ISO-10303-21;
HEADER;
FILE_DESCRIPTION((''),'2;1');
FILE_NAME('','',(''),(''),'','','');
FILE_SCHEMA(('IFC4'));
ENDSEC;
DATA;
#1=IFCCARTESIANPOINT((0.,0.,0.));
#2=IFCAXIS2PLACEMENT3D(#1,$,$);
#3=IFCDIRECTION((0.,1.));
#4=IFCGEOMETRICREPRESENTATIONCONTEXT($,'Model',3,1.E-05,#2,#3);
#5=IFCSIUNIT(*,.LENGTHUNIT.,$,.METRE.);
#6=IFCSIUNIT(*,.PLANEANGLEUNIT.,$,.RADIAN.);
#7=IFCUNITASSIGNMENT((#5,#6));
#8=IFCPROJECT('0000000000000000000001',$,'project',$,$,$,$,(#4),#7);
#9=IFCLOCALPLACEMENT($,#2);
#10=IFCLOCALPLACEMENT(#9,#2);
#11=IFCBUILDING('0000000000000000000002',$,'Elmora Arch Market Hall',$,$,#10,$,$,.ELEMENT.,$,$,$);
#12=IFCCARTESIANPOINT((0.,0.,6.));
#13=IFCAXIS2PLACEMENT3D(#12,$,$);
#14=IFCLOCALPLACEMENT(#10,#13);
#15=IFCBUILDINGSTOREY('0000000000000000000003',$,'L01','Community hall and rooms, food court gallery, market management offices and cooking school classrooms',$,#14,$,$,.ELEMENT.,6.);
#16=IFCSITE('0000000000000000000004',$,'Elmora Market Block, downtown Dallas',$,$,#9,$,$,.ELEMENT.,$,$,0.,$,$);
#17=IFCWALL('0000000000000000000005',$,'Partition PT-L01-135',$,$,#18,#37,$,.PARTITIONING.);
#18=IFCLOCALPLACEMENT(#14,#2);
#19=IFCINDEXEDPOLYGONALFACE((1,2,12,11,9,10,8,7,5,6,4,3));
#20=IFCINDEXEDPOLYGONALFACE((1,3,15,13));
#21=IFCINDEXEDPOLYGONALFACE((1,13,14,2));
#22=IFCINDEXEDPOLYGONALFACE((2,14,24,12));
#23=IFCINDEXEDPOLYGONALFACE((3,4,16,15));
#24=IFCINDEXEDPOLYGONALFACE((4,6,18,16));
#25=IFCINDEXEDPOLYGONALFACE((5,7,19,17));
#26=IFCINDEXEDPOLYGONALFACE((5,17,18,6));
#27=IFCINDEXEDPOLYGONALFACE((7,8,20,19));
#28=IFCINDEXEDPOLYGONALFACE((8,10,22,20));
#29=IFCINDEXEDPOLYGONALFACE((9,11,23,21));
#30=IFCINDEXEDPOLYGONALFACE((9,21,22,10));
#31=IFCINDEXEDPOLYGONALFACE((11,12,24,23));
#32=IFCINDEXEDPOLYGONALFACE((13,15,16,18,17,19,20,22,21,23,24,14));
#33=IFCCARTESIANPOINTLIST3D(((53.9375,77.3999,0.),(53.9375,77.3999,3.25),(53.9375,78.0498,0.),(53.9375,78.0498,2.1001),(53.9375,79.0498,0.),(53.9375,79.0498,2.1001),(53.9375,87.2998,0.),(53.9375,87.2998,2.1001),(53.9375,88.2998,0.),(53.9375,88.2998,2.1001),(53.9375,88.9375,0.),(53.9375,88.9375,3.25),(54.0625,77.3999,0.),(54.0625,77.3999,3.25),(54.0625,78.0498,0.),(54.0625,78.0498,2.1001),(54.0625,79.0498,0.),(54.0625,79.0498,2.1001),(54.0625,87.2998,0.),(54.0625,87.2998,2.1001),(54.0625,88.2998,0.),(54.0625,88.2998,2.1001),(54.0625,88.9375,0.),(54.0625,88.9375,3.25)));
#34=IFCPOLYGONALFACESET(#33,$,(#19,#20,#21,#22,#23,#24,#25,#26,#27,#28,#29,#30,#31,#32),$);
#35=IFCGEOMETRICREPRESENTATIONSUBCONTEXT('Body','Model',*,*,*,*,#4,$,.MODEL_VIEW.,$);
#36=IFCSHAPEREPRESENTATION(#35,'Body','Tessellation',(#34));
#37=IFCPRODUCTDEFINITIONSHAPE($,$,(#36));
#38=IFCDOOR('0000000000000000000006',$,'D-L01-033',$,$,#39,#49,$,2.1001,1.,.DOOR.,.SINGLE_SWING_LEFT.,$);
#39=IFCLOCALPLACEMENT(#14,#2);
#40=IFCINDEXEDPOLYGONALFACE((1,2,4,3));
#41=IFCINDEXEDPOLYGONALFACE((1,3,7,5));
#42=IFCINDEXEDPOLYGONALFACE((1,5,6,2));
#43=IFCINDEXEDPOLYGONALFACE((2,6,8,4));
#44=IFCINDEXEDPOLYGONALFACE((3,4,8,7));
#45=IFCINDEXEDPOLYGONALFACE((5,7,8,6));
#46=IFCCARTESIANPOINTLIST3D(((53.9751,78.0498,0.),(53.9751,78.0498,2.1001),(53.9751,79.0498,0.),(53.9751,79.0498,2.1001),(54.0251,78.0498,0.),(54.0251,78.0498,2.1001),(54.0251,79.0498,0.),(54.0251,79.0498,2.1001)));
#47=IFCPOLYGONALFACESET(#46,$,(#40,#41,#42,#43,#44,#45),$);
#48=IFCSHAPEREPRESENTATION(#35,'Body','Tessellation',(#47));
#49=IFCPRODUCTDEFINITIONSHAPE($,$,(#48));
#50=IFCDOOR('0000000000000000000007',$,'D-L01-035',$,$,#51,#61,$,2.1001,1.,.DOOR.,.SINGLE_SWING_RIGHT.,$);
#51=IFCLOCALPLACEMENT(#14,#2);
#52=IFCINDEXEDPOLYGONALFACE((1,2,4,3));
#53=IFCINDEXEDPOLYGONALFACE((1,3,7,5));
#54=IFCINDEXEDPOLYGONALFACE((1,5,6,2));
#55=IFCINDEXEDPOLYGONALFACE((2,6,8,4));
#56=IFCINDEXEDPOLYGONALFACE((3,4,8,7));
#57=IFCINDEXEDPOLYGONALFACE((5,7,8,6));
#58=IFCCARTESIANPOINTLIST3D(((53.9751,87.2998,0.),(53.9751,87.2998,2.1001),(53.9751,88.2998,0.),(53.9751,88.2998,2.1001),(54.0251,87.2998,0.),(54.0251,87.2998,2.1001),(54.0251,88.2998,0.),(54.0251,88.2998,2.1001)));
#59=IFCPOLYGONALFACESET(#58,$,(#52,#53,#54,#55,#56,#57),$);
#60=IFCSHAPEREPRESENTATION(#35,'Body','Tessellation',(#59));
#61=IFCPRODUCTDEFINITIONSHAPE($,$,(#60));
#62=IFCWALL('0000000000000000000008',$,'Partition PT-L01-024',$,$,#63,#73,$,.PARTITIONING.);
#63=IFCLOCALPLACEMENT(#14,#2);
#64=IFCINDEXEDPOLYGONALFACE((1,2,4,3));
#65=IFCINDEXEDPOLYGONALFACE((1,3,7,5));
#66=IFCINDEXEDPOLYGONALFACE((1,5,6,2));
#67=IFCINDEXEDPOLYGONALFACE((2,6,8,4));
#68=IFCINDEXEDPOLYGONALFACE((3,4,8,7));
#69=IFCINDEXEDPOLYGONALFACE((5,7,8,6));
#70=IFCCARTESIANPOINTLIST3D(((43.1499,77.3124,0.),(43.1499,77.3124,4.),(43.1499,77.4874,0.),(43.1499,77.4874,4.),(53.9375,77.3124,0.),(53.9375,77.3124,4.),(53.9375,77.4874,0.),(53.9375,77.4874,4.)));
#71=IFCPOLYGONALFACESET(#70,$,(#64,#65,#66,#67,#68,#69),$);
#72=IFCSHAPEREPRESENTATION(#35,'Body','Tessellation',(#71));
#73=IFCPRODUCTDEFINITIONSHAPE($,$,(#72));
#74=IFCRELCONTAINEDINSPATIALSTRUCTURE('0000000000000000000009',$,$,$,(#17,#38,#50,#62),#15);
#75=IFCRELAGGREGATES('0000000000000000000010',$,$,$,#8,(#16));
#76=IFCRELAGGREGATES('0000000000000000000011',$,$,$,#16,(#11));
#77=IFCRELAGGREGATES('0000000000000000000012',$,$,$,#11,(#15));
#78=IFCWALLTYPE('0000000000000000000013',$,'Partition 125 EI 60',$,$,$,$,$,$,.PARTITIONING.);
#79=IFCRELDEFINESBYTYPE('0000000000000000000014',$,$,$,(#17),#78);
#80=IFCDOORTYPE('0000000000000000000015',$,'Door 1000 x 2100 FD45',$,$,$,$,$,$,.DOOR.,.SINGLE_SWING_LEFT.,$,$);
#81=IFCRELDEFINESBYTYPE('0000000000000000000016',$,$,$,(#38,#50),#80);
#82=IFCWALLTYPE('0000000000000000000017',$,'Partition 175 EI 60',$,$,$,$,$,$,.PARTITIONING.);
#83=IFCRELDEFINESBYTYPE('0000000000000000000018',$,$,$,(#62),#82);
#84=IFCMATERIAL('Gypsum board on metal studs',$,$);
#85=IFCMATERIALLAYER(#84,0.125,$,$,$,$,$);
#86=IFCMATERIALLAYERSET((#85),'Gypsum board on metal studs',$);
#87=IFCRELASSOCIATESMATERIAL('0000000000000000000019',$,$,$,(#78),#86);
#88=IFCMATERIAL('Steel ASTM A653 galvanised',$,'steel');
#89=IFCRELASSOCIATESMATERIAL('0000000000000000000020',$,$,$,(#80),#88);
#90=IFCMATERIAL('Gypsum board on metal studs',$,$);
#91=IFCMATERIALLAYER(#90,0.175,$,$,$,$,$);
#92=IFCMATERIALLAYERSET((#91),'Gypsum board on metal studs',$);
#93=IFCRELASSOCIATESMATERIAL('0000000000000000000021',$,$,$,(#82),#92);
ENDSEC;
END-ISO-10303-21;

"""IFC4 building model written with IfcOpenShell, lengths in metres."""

from ifc_helpers import new_model, si_unit, direction, frame, frame_2d, origin, place, context, subcontext, project, spatial, rectangle, extrude, material, layer, layer_set, type_object, element, fill, save


model = new_model("IFC4")

# Units and contexts
model_context = context("Model", 3, precision=1e-05, world=origin(), true_north=direction((0.0, 1.0)))
body_context = subcontext(model_context, "Body", "Model", "MODEL_VIEW")
ifc_project = project(units=[si_unit("LENGTHUNIT", "METRE"), si_unit("PLANEANGLEUNIT", "RADIAN")], contexts=[model_context])

# Site, building, storey
site_placement = place(None, origin())
site = spatial("IfcSite", under=ifc_project, at=site_placement, Name="Elmora Market Block, downtown Dallas", CompositionType="ELEMENT", RefElevation=0.0)
building_placement = place(site_placement, origin())
building = spatial("IfcBuilding", under=site, at=building_placement, Name="Elmora Arch Market Hall", CompositionType="ELEMENT")
storey_placement = place(building_placement, frame((0.0, 0.0, 6.0)))
storey = spatial("IfcBuildingStorey", under=building, at=storey_placement, Name="L01", Description="Community hall and rooms, food court gallery, market management offices and cooking school classrooms", CompositionType="ELEMENT", Elevation=6.0)

# Wall, openings, doors
ifc_material_1 = material(Name="Gypsum board on metal studs")
ifc_layer_1 = layer(ifc_material_1, 0.125)
ifc_layer_set_1 = layer_set([ifc_layer_1], Name="Gypsum board on metal studs")
wall_type_1 = type_object("IfcWallType", Name="Partition 125 EI 60", PredefinedType="PARTITIONING", material=ifc_layer_set_1)
wall_1_placement = place(storey_placement, frame((54.0, 77.3999, 0.0), z_axis=(0.0, 0.0, 1.0), x_axis=(0.0, 1.0, 0.0)))
wall_1 = element("IfcWall", 1, at=wall_1_placement, inside=storey, type_object=wall_type_1, Name="Partition PT-L01-135", PredefinedType="PARTITIONING", context=body_context, shape_type="SweptSolid", body=[
    extrude(rectangle(XDim=11.5376, YDim=0.125, at=frame_2d((5.7688, 0.0))), origin(), (0.0, 0.0, 1.0), 3.25),
])
opening_1_placement = place(wall_1_placement, frame((0.6499, 0.0, 0.0)))
opening_1 = element("IfcOpeningElement", 2, at=opening_1_placement, cuts=wall_1, PredefinedType="OPENING", context=body_context, shape_type="SweptSolid", body=[
    extrude(rectangle(XDim=1.0, YDim=2.1001, at=frame_2d((0.5, 1.05))), frame((0.0, 0.0725, 0.0), z_axis=(0.0, -1.0, 0.0), x_axis=(1.0, 0.0, 0.0)), (0.0, 0.0, 1.0), 0.145),
])
opening_2_placement = place(wall_1_placement, frame((9.8999, 0.0, 0.0)))
opening_2 = element("IfcOpeningElement", 3, at=opening_2_placement, cuts=wall_1, PredefinedType="OPENING", context=body_context, shape_type="SweptSolid", body=[
    extrude(rectangle(XDim=1.0, YDim=2.1001, at=frame_2d((0.5, 1.05))), frame((0.0, 0.0725, 0.0), z_axis=(0.0, -1.0, 0.0), x_axis=(1.0, 0.0, 0.0)), (0.0, 0.0, 1.0), 0.145),
])
ifc_material_2 = material(Name="Steel ASTM A653 galvanised", Category="steel")
door_type = type_object("IfcDoorType", Name="Door 1000 x 2100 FD45", OperationType="SINGLE_SWING_LEFT", PredefinedType="DOOR", material=ifc_material_2)
door_1_placement = place(opening_1_placement, origin())
door_1 = element("IfcDoor", 4, at=door_1_placement, inside=storey, type_object=door_type, Name="D-L01-033", OperationType="SINGLE_SWING_LEFT", OverallHeight=2.1001, OverallWidth=1.0, PredefinedType="DOOR", context=body_context, shape_type="SweptSolid", body=[
    extrude(rectangle(XDim=1.0, YDim=2.1001, at=frame_2d((0.5, 1.05))), frame((0.0, 0.0249, 0.0), z_axis=(0.0, -1.0, 0.0), x_axis=(1.0, 0.0, 0.0)), (0.0, 0.0, 1.0), 0.05),
])
fill(opening_1, door_1)
door_2_placement = place(opening_2_placement, origin())
door_2 = element("IfcDoor", 5, at=door_2_placement, inside=storey, type_object=door_type, Name="D-L01-035", OperationType="SINGLE_SWING_RIGHT", OverallHeight=2.1001, OverallWidth=1.0, PredefinedType="DOOR", context=body_context, shape_type="SweptSolid", body=[
    extrude(rectangle(XDim=1.0, YDim=2.1001, at=frame_2d((0.5, 1.05))), frame((0.0, 0.0249, 0.0), z_axis=(0.0, -1.0, 0.0), x_axis=(1.0, 0.0, 0.0)), (0.0, 0.0, 1.0), 0.05),
])
fill(opening_2, door_2)

# Wall
ifc_material_3 = material(Name="Gypsum board on metal studs")
ifc_layer_2 = layer(ifc_material_3, 0.175)
ifc_layer_set_2 = layer_set([ifc_layer_2], Name="Gypsum board on metal studs")
wall_type_2 = type_object("IfcWallType", Name="Partition 175 EI 60", PredefinedType="PARTITIONING", material=ifc_layer_set_2)
wall_2_placement = place(storey_placement, frame((43.1499, 77.3999, 0.0), z_axis=(0.0, 0.0, 1.0), x_axis=(1.0, 0.0, 0.0)))
element("IfcWall", 6, at=wall_2_placement, inside=storey, type_object=wall_type_2, Name="Partition PT-L01-024", PredefinedType="PARTITIONING", context=body_context, shape_type="SweptSolid", body=[
    extrude(rectangle(XDim=10.7876, YDim=0.175, at=frame_2d((5.3938, 0.0))), origin(), (0.0, 0.0, 1.0), 4.0),
])

save(model, "model.ifc")
